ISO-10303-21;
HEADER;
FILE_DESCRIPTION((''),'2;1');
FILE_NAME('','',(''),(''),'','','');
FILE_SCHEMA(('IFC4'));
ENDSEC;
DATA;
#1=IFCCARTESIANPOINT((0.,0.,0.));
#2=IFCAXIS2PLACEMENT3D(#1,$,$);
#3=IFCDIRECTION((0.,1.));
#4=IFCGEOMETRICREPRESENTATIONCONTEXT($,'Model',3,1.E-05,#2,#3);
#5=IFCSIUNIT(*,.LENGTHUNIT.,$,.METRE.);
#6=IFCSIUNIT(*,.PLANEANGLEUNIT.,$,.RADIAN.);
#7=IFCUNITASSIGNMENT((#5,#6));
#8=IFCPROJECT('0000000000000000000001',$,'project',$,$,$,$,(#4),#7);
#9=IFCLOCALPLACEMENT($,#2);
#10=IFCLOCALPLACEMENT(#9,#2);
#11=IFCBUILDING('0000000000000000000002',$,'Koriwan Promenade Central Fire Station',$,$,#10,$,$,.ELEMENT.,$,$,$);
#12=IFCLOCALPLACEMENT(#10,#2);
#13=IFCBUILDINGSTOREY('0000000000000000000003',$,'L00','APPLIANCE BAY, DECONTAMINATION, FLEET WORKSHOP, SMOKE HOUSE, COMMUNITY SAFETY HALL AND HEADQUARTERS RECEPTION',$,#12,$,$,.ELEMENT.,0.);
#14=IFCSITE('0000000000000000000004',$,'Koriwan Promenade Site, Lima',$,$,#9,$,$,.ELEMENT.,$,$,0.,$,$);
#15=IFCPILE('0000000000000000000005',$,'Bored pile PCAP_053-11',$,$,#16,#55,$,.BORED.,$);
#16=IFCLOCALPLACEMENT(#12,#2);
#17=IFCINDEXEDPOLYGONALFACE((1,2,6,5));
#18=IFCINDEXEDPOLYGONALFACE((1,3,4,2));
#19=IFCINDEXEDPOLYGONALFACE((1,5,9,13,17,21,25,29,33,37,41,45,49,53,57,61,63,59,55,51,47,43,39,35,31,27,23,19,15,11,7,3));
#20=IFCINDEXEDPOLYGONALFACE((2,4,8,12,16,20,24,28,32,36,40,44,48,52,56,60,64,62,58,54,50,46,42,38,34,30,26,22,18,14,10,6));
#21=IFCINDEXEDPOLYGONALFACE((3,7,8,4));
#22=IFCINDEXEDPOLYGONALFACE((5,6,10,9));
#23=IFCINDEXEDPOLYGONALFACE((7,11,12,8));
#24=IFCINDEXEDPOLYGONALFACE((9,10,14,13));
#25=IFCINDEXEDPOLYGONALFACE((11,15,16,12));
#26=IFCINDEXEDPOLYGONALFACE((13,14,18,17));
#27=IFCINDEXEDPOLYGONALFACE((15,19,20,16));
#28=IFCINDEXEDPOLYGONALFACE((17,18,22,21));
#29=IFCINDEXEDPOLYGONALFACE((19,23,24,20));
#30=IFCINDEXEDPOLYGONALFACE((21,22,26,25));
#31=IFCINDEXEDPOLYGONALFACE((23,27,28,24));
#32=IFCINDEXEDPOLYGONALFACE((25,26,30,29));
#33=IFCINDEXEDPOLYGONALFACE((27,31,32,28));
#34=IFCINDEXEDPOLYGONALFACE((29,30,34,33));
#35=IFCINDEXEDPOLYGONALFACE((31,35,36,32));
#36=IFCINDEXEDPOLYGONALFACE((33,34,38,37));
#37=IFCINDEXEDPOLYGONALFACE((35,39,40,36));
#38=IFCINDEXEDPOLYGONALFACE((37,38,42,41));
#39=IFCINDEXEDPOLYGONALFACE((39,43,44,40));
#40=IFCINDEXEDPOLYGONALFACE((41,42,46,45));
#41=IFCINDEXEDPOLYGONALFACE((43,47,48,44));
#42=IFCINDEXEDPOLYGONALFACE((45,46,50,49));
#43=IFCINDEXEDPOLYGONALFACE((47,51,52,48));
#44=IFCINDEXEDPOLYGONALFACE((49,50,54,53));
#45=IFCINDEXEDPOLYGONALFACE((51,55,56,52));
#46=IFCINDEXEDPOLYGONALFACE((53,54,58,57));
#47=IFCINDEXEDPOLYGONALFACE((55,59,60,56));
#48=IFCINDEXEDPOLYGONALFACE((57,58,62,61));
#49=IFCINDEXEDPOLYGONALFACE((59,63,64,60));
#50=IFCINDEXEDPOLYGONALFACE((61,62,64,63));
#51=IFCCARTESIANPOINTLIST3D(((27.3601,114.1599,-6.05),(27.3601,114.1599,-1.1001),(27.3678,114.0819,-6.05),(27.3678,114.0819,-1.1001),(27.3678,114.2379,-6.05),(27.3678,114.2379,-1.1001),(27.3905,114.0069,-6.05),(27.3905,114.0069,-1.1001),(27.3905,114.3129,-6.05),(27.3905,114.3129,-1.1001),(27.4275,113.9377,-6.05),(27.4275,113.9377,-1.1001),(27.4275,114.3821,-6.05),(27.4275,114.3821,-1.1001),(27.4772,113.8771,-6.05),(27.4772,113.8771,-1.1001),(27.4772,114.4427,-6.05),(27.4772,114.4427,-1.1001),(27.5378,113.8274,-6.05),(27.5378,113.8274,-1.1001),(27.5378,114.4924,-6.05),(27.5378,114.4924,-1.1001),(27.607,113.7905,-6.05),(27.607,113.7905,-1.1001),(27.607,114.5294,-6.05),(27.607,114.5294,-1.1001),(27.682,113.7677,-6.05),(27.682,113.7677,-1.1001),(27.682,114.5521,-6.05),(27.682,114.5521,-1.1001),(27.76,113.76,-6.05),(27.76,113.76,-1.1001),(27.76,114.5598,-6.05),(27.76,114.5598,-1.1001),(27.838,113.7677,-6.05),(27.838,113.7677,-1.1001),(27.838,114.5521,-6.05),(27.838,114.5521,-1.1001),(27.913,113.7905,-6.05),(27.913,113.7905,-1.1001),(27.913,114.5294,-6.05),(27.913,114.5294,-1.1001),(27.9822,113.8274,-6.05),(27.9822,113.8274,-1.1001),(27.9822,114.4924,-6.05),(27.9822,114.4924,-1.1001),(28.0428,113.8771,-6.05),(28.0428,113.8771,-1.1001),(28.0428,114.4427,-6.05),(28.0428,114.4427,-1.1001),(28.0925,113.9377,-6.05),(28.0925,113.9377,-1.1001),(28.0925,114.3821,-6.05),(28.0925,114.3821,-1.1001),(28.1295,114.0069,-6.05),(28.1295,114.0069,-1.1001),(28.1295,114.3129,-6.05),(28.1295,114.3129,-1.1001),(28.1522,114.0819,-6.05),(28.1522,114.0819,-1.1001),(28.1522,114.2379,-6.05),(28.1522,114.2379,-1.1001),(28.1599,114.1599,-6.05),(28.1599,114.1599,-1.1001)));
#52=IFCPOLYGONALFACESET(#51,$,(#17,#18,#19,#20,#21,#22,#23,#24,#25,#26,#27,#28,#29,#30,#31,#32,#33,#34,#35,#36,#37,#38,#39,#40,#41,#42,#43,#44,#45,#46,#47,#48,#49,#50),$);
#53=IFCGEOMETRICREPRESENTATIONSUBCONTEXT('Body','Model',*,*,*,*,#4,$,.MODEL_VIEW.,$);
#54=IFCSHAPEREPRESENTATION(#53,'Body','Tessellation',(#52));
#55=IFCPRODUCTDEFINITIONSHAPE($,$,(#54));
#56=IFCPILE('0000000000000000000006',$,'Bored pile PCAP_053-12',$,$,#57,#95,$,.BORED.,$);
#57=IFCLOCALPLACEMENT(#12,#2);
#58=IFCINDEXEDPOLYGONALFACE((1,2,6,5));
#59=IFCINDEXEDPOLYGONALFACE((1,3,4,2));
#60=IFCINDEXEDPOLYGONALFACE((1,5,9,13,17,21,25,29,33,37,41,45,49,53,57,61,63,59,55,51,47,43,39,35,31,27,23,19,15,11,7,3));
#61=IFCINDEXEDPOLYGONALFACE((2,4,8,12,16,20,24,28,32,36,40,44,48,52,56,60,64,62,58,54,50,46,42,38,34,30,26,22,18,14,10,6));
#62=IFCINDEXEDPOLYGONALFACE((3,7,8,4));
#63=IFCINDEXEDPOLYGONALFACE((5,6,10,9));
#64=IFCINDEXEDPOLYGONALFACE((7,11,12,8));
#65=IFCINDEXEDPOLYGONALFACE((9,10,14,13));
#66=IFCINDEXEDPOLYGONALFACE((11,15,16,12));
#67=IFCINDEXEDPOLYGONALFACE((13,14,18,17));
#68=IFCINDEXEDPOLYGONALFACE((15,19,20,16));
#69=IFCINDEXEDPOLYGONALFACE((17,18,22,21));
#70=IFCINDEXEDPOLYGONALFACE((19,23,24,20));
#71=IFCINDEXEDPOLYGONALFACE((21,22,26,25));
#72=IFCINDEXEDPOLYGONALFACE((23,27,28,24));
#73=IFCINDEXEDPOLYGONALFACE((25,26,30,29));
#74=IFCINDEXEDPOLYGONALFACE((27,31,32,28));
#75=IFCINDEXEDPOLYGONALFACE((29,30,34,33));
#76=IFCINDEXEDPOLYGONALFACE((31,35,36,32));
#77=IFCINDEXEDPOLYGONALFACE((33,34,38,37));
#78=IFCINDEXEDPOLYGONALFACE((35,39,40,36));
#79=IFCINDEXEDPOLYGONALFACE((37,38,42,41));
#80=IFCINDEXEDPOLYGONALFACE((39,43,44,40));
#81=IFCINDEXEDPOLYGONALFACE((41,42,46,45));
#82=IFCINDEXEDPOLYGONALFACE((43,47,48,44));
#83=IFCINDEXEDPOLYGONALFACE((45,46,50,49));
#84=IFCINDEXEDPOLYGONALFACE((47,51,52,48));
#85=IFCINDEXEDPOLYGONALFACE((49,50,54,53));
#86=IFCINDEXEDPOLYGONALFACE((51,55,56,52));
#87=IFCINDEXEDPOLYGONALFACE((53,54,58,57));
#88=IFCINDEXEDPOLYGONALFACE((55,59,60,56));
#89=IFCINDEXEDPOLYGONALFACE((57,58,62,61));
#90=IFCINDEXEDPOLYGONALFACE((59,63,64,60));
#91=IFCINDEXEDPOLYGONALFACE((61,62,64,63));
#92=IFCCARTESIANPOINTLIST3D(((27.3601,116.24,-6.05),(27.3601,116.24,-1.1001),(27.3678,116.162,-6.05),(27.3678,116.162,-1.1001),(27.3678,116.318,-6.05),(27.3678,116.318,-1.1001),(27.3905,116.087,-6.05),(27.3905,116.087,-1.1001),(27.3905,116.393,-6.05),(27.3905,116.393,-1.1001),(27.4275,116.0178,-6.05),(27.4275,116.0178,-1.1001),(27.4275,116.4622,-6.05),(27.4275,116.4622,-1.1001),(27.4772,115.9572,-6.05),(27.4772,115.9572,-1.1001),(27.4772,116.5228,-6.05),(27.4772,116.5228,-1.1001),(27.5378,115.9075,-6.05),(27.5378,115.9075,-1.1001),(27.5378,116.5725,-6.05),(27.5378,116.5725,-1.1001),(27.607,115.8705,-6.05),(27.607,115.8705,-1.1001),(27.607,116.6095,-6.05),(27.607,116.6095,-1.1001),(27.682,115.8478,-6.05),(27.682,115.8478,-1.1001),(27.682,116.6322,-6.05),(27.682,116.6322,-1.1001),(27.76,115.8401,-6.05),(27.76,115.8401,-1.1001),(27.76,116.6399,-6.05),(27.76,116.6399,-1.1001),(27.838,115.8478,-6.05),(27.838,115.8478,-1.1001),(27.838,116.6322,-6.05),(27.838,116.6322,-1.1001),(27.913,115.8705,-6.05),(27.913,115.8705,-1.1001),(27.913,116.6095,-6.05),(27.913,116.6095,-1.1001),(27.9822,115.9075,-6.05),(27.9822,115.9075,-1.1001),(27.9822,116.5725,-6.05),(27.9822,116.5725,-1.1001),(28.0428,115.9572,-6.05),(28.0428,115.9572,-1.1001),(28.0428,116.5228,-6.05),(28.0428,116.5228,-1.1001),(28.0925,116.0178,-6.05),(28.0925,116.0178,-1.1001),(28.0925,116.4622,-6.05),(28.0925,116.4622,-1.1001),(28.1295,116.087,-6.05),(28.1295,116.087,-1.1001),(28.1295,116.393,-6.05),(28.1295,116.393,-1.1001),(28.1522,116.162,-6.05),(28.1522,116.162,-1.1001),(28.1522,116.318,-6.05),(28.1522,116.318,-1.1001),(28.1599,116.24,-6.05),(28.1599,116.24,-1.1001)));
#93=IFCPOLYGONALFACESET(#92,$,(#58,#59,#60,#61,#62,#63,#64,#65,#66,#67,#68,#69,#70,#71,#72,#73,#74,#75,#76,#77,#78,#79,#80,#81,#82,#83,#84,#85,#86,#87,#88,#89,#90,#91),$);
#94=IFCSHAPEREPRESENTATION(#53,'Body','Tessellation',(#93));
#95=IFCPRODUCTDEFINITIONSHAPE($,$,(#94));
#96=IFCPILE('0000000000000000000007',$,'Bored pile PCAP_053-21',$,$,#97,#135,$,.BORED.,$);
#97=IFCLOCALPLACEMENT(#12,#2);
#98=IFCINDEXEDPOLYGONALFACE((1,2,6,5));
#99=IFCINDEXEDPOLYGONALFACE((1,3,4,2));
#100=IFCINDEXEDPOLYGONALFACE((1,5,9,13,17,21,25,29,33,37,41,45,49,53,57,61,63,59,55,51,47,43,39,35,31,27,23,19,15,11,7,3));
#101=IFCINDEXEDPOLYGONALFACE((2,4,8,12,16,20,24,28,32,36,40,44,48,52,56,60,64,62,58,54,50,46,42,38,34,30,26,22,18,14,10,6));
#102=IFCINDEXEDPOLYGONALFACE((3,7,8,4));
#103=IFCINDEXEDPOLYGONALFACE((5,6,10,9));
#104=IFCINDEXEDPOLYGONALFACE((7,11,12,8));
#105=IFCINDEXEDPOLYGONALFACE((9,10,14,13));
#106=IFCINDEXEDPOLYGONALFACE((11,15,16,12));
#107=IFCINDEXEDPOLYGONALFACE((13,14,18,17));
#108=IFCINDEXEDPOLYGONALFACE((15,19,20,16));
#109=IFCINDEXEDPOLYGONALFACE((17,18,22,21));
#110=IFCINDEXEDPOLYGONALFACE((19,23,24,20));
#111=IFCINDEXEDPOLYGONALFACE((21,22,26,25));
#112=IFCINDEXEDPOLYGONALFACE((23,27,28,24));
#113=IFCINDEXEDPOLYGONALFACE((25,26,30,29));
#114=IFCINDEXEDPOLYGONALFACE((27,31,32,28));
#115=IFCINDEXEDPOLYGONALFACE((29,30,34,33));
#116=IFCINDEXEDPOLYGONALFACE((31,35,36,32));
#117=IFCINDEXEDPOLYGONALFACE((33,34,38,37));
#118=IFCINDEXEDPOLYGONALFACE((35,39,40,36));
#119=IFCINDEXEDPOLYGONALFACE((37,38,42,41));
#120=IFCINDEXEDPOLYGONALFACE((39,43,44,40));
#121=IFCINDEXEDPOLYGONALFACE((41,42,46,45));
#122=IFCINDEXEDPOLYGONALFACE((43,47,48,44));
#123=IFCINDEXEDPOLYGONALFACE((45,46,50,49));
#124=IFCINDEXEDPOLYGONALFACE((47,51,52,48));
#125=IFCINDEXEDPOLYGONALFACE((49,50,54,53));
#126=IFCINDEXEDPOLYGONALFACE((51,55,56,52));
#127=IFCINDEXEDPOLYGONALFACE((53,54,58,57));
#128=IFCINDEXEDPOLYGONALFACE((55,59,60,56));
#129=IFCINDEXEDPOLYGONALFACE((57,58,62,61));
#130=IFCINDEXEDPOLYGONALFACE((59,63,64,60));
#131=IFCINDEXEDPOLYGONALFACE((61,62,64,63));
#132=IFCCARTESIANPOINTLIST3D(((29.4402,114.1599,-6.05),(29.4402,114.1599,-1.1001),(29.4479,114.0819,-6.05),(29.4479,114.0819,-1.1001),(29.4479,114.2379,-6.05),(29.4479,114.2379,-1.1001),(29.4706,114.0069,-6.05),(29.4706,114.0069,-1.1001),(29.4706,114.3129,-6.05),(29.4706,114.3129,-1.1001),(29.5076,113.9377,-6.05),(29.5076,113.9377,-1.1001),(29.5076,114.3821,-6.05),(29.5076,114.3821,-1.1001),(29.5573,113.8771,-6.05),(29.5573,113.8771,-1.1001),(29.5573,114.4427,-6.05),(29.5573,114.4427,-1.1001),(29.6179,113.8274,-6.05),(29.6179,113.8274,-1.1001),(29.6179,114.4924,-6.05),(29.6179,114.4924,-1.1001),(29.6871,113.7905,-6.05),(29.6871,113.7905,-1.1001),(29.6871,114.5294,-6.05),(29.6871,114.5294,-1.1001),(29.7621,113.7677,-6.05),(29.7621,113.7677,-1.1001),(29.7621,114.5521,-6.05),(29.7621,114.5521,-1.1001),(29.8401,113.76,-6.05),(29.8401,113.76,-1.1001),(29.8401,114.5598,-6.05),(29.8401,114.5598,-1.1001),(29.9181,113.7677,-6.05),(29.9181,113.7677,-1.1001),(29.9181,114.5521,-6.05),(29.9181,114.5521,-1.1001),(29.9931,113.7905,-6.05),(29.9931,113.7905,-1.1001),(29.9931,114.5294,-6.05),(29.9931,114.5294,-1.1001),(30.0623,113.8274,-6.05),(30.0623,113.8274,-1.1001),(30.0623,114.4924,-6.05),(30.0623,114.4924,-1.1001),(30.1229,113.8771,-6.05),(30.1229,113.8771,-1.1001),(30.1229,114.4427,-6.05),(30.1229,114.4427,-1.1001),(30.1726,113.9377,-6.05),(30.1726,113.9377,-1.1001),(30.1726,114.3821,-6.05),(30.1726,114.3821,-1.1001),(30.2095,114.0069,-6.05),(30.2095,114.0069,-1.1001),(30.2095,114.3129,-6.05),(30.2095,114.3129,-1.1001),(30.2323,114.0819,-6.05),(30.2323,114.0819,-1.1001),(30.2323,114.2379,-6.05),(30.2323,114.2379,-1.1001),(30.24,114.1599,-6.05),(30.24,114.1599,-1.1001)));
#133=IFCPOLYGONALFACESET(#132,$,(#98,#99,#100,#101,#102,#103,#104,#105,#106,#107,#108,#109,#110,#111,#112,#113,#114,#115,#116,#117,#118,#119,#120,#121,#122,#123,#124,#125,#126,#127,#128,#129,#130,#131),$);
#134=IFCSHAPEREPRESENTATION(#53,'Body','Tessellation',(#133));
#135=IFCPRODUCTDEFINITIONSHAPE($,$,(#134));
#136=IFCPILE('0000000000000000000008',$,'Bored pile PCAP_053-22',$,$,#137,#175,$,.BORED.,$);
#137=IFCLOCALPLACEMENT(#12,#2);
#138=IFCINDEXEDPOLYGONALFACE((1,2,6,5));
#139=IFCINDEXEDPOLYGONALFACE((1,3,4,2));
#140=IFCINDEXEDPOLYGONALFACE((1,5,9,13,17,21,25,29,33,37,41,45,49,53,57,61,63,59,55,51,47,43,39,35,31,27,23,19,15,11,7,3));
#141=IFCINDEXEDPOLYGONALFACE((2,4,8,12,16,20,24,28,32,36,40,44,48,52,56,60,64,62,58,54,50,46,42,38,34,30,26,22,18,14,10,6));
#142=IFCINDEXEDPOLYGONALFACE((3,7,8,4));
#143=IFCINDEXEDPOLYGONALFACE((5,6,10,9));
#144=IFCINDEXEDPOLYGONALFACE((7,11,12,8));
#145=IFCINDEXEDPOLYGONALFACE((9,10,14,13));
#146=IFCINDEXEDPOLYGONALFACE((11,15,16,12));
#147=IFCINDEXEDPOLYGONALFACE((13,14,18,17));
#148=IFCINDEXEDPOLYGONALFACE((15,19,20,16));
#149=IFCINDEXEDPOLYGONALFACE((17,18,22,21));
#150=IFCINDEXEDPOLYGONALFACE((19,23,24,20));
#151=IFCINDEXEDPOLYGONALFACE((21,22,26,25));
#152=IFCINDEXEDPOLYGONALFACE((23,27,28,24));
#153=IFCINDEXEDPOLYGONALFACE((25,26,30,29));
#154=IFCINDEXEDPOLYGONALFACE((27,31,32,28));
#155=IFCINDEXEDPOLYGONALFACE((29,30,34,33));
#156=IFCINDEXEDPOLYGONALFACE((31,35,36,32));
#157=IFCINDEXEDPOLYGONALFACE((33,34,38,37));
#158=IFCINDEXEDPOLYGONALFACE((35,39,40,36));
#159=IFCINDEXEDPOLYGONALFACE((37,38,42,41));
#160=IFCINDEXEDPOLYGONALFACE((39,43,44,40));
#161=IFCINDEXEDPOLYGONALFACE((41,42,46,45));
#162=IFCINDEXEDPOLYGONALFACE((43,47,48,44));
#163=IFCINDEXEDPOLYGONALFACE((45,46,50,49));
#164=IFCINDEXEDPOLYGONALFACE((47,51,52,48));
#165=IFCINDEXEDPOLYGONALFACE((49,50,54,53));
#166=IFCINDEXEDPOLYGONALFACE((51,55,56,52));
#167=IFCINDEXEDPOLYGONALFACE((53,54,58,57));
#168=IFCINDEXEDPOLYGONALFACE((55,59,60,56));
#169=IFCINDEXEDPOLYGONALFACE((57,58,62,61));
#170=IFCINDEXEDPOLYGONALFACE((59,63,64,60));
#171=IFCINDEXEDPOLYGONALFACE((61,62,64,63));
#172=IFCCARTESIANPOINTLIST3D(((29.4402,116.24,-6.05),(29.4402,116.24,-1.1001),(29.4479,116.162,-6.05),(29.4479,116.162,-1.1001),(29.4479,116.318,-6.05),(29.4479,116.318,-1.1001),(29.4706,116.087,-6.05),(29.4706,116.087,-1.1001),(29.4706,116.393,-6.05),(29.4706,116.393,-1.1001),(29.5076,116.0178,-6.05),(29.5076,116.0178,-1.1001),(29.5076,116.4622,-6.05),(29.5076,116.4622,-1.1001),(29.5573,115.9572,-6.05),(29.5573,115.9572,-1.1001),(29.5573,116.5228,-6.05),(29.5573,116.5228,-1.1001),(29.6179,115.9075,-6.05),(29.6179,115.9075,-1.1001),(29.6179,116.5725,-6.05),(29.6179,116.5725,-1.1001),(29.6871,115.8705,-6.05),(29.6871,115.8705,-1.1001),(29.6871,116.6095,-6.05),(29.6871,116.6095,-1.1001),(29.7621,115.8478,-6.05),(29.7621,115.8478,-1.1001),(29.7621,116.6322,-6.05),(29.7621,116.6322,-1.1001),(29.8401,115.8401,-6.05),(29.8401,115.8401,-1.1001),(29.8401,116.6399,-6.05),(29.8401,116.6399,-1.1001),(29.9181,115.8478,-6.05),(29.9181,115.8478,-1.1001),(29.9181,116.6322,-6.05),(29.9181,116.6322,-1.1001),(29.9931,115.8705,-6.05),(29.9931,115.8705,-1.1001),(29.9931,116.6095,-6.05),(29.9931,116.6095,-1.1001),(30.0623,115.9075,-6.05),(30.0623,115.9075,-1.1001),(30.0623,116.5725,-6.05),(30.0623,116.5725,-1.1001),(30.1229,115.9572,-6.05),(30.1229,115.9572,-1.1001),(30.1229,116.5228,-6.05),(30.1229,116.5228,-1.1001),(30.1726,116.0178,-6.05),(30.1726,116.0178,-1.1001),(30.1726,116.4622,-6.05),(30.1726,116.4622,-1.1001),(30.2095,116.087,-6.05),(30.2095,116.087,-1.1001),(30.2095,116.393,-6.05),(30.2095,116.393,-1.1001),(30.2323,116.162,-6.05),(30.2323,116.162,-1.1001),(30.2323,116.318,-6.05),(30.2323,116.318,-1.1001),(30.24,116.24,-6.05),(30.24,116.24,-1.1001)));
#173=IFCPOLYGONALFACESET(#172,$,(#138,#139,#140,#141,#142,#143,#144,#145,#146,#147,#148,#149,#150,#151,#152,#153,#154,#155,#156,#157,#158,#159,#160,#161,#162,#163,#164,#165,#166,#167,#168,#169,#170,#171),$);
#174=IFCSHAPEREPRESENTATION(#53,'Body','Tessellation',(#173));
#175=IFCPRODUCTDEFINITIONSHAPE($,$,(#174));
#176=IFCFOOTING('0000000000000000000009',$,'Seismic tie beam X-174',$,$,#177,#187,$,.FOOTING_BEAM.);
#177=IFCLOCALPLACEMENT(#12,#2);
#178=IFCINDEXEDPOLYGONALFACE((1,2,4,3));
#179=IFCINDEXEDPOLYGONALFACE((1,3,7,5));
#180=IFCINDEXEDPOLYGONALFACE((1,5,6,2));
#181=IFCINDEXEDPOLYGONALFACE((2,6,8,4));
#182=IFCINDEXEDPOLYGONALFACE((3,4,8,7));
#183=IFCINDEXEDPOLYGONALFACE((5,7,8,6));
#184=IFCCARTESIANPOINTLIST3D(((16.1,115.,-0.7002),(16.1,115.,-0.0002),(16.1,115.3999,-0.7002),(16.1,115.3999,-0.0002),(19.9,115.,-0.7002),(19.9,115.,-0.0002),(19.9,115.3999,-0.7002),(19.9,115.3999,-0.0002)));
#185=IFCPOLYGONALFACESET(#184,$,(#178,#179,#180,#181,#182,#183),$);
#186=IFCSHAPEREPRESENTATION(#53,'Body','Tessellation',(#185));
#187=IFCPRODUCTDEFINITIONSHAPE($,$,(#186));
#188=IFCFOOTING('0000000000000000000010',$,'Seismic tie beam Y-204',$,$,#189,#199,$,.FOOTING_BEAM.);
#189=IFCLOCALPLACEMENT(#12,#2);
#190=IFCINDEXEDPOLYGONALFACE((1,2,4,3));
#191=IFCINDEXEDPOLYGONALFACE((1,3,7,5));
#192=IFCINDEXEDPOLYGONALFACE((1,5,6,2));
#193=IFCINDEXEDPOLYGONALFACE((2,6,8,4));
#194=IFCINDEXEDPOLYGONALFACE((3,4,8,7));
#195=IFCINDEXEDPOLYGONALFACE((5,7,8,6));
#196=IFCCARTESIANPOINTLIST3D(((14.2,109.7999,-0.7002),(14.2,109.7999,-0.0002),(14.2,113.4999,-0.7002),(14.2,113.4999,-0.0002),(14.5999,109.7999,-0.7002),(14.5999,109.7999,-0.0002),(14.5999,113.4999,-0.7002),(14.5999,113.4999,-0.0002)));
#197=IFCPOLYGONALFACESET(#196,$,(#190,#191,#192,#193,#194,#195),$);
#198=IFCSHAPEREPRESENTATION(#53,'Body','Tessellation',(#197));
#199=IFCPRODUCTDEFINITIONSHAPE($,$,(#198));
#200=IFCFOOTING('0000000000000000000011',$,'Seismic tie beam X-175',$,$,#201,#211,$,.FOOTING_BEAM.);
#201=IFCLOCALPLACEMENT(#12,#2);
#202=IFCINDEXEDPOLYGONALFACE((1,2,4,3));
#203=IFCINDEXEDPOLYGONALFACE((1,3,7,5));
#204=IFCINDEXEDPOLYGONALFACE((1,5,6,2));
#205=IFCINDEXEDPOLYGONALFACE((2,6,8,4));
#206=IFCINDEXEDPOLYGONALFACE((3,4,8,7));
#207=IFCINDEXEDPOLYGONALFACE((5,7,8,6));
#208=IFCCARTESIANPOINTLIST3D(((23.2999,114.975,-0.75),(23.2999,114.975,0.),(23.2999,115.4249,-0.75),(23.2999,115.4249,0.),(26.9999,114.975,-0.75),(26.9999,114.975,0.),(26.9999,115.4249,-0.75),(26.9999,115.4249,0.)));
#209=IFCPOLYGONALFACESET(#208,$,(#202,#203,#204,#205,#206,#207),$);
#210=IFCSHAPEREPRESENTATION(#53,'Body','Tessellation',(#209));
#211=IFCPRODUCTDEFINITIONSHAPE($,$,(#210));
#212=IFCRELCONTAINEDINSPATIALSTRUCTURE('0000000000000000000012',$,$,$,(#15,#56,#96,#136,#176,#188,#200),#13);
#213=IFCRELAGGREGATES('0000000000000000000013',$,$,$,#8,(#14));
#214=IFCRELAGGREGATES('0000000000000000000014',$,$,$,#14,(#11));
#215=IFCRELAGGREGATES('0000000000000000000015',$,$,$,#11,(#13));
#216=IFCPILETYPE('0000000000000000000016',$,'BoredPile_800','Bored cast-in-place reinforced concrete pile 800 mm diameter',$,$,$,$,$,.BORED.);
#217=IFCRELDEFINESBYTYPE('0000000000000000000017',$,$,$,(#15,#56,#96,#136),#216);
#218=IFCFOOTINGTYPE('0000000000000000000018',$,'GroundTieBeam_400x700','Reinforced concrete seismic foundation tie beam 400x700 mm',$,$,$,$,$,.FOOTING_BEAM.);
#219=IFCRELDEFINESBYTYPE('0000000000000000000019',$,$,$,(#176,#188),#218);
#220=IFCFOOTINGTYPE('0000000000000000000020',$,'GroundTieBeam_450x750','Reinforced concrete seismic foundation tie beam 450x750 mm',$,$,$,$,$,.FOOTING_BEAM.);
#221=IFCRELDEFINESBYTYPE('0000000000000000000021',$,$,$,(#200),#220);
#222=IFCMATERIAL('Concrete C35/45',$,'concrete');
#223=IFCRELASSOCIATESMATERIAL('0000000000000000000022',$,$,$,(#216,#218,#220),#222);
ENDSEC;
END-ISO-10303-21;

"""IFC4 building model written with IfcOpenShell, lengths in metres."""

from ifc_helpers import new_model, si_unit, direction, frame, origin, origin_2d, place, context, subcontext, project, spatial, rectangle, circle, extrude, material, material_profile, profile_set, type_object, element, save


model = new_model("IFC4")

# Units and contexts
model_context = context("Model", 3, precision=1e-05, world=origin(), true_north=direction((0.0, 1.0)))
body_context = subcontext(model_context, "Body", "Model", "MODEL_VIEW")
ifc_project = project(units=[si_unit("LENGTHUNIT", "METRE"), si_unit("PLANEANGLEUNIT", "RADIAN")], contexts=[model_context])

# Site, building, storey
site_placement = place(None, origin())
site = spatial("IfcSite", under=ifc_project, at=site_placement, Name="Koriwan Promenade Site, Lima", CompositionType="ELEMENT", RefElevation=0.0)
building_placement = place(site_placement, origin())
building = spatial("IfcBuilding", under=site, at=building_placement, Name="Koriwan Promenade Central Fire Station", CompositionType="ELEMENT")
storey_placement = place(building_placement, origin())
storey = spatial("IfcBuildingStorey", under=building, at=storey_placement, Name="L00", Description="APPLIANCE BAY, DECONTAMINATION, FLEET WORKSHOP, SMOKE HOUSE, COMMUNITY SAFETY HALL AND HEADQUARTERS RECEPTION", CompositionType="ELEMENT", Elevation=0.0)

# Piles
ifc_material_1 = material(Name="Concrete C35/45", Category="concrete")
ifc_material_profile_1 = material_profile(ifc_material_1, circle(Radius=0.3999, at=origin_2d()), Name="PILE-D800")
ifc_profile_set_1 = profile_set([ifc_material_profile_1], Name="Concrete C35/45")
pile_type = type_object("IfcPileType", Name="BoredPile_800", Description="Bored cast-in-place reinforced concrete pile 800 mm diameter", PredefinedType="BORED", material=ifc_profile_set_1)
for number, where, z_axis, x_axis, name in (
    (1, (27.76, 114.1599, -1.1001), (0.0, 0.0, -1.0), (1.0, 0.0, 0.0), "Bored pile PCAP_053-11"),
    (2, (27.76, 116.24, -1.1001), (0.0, 0.0, -1.0), (1.0, 0.0, 0.0), "Bored pile PCAP_053-12"),
    (3, (29.8401, 114.1599, -1.1001), (0.0, 0.0, -1.0), (1.0, 0.0, 0.0), "Bored pile PCAP_053-21"),
    (4, (29.8401, 116.24, -1.1001), (0.0, 0.0, -1.0), (1.0, 0.0, 0.0), "Bored pile PCAP_053-22"),
):
    element("IfcPile", number, at=place(storey_placement, frame(where, z_axis=z_axis, x_axis=x_axis)), inside=storey, type_object=pile_type, Name=name, PredefinedType="BORED", context=body_context, shape_type="SweptSolid", body=[
        extrude(circle(Radius=0.3999, at=origin_2d()), origin(), (0.0, 0.0, 1.0), 4.95),
    ])

# Footings
footing_type_1 = type_object("IfcFootingType", Name="GroundTieBeam_400x700", Description="Reinforced concrete seismic foundation tie beam 400x700 mm", PredefinedType="FOOTING_BEAM", material=ifc_material_1)
footing_1_placement = place(storey_placement, frame((18.0, 115.2, -0.7002), z_axis=(0.0, 0.0, 1.0), x_axis=(1.0, 0.0, 0.0)))
element("IfcFooting", 5, at=footing_1_placement, inside=storey, type_object=footing_type_1, Name="Seismic tie beam X-174", PredefinedType="FOOTING_BEAM", context=body_context, shape_type="SweptSolid", body=[
    extrude(rectangle(XDim=3.8, YDim=0.3999, at=origin_2d()), origin(), (0.0, 0.0, 1.0), 0.7),
])
footing_2_placement = place(storey_placement, frame((14.3999, 111.6499, -0.7002), z_axis=(0.0, 0.0, 1.0), x_axis=(0.0, 1.0, 0.0)))
element("IfcFooting", 6, at=footing_2_placement, inside=storey, type_object=footing_type_1, Name="Seismic tie beam Y-204", PredefinedType="FOOTING_BEAM", context=body_context, shape_type="SweptSolid", body=[
    extrude(rectangle(XDim=3.7, YDim=0.3999, at=origin_2d()), origin(), (0.0, 0.0, 1.0), 0.7),
])
footing_type_2 = type_object("IfcFootingType", Name="GroundTieBeam_450x750", Description="Reinforced concrete seismic foundation tie beam 450x750 mm", PredefinedType="FOOTING_BEAM", material=ifc_material_1)
footing_3_placement = place(storey_placement, frame((25.1499, 115.2, -0.75), z_axis=(0.0, 0.0, 1.0), x_axis=(1.0, 0.0, 0.0)))
element("IfcFooting", 7, at=footing_3_placement, inside=storey, type_object=footing_type_2, Name="Seismic tie beam X-175", PredefinedType="FOOTING_BEAM", context=body_context, shape_type="SweptSolid", body=[
    extrude(rectangle(XDim=3.7, YDim=0.45, at=origin_2d()), origin(), (0.0, 0.0, 1.0), 0.75),
])

save(model, "model.ifc")
